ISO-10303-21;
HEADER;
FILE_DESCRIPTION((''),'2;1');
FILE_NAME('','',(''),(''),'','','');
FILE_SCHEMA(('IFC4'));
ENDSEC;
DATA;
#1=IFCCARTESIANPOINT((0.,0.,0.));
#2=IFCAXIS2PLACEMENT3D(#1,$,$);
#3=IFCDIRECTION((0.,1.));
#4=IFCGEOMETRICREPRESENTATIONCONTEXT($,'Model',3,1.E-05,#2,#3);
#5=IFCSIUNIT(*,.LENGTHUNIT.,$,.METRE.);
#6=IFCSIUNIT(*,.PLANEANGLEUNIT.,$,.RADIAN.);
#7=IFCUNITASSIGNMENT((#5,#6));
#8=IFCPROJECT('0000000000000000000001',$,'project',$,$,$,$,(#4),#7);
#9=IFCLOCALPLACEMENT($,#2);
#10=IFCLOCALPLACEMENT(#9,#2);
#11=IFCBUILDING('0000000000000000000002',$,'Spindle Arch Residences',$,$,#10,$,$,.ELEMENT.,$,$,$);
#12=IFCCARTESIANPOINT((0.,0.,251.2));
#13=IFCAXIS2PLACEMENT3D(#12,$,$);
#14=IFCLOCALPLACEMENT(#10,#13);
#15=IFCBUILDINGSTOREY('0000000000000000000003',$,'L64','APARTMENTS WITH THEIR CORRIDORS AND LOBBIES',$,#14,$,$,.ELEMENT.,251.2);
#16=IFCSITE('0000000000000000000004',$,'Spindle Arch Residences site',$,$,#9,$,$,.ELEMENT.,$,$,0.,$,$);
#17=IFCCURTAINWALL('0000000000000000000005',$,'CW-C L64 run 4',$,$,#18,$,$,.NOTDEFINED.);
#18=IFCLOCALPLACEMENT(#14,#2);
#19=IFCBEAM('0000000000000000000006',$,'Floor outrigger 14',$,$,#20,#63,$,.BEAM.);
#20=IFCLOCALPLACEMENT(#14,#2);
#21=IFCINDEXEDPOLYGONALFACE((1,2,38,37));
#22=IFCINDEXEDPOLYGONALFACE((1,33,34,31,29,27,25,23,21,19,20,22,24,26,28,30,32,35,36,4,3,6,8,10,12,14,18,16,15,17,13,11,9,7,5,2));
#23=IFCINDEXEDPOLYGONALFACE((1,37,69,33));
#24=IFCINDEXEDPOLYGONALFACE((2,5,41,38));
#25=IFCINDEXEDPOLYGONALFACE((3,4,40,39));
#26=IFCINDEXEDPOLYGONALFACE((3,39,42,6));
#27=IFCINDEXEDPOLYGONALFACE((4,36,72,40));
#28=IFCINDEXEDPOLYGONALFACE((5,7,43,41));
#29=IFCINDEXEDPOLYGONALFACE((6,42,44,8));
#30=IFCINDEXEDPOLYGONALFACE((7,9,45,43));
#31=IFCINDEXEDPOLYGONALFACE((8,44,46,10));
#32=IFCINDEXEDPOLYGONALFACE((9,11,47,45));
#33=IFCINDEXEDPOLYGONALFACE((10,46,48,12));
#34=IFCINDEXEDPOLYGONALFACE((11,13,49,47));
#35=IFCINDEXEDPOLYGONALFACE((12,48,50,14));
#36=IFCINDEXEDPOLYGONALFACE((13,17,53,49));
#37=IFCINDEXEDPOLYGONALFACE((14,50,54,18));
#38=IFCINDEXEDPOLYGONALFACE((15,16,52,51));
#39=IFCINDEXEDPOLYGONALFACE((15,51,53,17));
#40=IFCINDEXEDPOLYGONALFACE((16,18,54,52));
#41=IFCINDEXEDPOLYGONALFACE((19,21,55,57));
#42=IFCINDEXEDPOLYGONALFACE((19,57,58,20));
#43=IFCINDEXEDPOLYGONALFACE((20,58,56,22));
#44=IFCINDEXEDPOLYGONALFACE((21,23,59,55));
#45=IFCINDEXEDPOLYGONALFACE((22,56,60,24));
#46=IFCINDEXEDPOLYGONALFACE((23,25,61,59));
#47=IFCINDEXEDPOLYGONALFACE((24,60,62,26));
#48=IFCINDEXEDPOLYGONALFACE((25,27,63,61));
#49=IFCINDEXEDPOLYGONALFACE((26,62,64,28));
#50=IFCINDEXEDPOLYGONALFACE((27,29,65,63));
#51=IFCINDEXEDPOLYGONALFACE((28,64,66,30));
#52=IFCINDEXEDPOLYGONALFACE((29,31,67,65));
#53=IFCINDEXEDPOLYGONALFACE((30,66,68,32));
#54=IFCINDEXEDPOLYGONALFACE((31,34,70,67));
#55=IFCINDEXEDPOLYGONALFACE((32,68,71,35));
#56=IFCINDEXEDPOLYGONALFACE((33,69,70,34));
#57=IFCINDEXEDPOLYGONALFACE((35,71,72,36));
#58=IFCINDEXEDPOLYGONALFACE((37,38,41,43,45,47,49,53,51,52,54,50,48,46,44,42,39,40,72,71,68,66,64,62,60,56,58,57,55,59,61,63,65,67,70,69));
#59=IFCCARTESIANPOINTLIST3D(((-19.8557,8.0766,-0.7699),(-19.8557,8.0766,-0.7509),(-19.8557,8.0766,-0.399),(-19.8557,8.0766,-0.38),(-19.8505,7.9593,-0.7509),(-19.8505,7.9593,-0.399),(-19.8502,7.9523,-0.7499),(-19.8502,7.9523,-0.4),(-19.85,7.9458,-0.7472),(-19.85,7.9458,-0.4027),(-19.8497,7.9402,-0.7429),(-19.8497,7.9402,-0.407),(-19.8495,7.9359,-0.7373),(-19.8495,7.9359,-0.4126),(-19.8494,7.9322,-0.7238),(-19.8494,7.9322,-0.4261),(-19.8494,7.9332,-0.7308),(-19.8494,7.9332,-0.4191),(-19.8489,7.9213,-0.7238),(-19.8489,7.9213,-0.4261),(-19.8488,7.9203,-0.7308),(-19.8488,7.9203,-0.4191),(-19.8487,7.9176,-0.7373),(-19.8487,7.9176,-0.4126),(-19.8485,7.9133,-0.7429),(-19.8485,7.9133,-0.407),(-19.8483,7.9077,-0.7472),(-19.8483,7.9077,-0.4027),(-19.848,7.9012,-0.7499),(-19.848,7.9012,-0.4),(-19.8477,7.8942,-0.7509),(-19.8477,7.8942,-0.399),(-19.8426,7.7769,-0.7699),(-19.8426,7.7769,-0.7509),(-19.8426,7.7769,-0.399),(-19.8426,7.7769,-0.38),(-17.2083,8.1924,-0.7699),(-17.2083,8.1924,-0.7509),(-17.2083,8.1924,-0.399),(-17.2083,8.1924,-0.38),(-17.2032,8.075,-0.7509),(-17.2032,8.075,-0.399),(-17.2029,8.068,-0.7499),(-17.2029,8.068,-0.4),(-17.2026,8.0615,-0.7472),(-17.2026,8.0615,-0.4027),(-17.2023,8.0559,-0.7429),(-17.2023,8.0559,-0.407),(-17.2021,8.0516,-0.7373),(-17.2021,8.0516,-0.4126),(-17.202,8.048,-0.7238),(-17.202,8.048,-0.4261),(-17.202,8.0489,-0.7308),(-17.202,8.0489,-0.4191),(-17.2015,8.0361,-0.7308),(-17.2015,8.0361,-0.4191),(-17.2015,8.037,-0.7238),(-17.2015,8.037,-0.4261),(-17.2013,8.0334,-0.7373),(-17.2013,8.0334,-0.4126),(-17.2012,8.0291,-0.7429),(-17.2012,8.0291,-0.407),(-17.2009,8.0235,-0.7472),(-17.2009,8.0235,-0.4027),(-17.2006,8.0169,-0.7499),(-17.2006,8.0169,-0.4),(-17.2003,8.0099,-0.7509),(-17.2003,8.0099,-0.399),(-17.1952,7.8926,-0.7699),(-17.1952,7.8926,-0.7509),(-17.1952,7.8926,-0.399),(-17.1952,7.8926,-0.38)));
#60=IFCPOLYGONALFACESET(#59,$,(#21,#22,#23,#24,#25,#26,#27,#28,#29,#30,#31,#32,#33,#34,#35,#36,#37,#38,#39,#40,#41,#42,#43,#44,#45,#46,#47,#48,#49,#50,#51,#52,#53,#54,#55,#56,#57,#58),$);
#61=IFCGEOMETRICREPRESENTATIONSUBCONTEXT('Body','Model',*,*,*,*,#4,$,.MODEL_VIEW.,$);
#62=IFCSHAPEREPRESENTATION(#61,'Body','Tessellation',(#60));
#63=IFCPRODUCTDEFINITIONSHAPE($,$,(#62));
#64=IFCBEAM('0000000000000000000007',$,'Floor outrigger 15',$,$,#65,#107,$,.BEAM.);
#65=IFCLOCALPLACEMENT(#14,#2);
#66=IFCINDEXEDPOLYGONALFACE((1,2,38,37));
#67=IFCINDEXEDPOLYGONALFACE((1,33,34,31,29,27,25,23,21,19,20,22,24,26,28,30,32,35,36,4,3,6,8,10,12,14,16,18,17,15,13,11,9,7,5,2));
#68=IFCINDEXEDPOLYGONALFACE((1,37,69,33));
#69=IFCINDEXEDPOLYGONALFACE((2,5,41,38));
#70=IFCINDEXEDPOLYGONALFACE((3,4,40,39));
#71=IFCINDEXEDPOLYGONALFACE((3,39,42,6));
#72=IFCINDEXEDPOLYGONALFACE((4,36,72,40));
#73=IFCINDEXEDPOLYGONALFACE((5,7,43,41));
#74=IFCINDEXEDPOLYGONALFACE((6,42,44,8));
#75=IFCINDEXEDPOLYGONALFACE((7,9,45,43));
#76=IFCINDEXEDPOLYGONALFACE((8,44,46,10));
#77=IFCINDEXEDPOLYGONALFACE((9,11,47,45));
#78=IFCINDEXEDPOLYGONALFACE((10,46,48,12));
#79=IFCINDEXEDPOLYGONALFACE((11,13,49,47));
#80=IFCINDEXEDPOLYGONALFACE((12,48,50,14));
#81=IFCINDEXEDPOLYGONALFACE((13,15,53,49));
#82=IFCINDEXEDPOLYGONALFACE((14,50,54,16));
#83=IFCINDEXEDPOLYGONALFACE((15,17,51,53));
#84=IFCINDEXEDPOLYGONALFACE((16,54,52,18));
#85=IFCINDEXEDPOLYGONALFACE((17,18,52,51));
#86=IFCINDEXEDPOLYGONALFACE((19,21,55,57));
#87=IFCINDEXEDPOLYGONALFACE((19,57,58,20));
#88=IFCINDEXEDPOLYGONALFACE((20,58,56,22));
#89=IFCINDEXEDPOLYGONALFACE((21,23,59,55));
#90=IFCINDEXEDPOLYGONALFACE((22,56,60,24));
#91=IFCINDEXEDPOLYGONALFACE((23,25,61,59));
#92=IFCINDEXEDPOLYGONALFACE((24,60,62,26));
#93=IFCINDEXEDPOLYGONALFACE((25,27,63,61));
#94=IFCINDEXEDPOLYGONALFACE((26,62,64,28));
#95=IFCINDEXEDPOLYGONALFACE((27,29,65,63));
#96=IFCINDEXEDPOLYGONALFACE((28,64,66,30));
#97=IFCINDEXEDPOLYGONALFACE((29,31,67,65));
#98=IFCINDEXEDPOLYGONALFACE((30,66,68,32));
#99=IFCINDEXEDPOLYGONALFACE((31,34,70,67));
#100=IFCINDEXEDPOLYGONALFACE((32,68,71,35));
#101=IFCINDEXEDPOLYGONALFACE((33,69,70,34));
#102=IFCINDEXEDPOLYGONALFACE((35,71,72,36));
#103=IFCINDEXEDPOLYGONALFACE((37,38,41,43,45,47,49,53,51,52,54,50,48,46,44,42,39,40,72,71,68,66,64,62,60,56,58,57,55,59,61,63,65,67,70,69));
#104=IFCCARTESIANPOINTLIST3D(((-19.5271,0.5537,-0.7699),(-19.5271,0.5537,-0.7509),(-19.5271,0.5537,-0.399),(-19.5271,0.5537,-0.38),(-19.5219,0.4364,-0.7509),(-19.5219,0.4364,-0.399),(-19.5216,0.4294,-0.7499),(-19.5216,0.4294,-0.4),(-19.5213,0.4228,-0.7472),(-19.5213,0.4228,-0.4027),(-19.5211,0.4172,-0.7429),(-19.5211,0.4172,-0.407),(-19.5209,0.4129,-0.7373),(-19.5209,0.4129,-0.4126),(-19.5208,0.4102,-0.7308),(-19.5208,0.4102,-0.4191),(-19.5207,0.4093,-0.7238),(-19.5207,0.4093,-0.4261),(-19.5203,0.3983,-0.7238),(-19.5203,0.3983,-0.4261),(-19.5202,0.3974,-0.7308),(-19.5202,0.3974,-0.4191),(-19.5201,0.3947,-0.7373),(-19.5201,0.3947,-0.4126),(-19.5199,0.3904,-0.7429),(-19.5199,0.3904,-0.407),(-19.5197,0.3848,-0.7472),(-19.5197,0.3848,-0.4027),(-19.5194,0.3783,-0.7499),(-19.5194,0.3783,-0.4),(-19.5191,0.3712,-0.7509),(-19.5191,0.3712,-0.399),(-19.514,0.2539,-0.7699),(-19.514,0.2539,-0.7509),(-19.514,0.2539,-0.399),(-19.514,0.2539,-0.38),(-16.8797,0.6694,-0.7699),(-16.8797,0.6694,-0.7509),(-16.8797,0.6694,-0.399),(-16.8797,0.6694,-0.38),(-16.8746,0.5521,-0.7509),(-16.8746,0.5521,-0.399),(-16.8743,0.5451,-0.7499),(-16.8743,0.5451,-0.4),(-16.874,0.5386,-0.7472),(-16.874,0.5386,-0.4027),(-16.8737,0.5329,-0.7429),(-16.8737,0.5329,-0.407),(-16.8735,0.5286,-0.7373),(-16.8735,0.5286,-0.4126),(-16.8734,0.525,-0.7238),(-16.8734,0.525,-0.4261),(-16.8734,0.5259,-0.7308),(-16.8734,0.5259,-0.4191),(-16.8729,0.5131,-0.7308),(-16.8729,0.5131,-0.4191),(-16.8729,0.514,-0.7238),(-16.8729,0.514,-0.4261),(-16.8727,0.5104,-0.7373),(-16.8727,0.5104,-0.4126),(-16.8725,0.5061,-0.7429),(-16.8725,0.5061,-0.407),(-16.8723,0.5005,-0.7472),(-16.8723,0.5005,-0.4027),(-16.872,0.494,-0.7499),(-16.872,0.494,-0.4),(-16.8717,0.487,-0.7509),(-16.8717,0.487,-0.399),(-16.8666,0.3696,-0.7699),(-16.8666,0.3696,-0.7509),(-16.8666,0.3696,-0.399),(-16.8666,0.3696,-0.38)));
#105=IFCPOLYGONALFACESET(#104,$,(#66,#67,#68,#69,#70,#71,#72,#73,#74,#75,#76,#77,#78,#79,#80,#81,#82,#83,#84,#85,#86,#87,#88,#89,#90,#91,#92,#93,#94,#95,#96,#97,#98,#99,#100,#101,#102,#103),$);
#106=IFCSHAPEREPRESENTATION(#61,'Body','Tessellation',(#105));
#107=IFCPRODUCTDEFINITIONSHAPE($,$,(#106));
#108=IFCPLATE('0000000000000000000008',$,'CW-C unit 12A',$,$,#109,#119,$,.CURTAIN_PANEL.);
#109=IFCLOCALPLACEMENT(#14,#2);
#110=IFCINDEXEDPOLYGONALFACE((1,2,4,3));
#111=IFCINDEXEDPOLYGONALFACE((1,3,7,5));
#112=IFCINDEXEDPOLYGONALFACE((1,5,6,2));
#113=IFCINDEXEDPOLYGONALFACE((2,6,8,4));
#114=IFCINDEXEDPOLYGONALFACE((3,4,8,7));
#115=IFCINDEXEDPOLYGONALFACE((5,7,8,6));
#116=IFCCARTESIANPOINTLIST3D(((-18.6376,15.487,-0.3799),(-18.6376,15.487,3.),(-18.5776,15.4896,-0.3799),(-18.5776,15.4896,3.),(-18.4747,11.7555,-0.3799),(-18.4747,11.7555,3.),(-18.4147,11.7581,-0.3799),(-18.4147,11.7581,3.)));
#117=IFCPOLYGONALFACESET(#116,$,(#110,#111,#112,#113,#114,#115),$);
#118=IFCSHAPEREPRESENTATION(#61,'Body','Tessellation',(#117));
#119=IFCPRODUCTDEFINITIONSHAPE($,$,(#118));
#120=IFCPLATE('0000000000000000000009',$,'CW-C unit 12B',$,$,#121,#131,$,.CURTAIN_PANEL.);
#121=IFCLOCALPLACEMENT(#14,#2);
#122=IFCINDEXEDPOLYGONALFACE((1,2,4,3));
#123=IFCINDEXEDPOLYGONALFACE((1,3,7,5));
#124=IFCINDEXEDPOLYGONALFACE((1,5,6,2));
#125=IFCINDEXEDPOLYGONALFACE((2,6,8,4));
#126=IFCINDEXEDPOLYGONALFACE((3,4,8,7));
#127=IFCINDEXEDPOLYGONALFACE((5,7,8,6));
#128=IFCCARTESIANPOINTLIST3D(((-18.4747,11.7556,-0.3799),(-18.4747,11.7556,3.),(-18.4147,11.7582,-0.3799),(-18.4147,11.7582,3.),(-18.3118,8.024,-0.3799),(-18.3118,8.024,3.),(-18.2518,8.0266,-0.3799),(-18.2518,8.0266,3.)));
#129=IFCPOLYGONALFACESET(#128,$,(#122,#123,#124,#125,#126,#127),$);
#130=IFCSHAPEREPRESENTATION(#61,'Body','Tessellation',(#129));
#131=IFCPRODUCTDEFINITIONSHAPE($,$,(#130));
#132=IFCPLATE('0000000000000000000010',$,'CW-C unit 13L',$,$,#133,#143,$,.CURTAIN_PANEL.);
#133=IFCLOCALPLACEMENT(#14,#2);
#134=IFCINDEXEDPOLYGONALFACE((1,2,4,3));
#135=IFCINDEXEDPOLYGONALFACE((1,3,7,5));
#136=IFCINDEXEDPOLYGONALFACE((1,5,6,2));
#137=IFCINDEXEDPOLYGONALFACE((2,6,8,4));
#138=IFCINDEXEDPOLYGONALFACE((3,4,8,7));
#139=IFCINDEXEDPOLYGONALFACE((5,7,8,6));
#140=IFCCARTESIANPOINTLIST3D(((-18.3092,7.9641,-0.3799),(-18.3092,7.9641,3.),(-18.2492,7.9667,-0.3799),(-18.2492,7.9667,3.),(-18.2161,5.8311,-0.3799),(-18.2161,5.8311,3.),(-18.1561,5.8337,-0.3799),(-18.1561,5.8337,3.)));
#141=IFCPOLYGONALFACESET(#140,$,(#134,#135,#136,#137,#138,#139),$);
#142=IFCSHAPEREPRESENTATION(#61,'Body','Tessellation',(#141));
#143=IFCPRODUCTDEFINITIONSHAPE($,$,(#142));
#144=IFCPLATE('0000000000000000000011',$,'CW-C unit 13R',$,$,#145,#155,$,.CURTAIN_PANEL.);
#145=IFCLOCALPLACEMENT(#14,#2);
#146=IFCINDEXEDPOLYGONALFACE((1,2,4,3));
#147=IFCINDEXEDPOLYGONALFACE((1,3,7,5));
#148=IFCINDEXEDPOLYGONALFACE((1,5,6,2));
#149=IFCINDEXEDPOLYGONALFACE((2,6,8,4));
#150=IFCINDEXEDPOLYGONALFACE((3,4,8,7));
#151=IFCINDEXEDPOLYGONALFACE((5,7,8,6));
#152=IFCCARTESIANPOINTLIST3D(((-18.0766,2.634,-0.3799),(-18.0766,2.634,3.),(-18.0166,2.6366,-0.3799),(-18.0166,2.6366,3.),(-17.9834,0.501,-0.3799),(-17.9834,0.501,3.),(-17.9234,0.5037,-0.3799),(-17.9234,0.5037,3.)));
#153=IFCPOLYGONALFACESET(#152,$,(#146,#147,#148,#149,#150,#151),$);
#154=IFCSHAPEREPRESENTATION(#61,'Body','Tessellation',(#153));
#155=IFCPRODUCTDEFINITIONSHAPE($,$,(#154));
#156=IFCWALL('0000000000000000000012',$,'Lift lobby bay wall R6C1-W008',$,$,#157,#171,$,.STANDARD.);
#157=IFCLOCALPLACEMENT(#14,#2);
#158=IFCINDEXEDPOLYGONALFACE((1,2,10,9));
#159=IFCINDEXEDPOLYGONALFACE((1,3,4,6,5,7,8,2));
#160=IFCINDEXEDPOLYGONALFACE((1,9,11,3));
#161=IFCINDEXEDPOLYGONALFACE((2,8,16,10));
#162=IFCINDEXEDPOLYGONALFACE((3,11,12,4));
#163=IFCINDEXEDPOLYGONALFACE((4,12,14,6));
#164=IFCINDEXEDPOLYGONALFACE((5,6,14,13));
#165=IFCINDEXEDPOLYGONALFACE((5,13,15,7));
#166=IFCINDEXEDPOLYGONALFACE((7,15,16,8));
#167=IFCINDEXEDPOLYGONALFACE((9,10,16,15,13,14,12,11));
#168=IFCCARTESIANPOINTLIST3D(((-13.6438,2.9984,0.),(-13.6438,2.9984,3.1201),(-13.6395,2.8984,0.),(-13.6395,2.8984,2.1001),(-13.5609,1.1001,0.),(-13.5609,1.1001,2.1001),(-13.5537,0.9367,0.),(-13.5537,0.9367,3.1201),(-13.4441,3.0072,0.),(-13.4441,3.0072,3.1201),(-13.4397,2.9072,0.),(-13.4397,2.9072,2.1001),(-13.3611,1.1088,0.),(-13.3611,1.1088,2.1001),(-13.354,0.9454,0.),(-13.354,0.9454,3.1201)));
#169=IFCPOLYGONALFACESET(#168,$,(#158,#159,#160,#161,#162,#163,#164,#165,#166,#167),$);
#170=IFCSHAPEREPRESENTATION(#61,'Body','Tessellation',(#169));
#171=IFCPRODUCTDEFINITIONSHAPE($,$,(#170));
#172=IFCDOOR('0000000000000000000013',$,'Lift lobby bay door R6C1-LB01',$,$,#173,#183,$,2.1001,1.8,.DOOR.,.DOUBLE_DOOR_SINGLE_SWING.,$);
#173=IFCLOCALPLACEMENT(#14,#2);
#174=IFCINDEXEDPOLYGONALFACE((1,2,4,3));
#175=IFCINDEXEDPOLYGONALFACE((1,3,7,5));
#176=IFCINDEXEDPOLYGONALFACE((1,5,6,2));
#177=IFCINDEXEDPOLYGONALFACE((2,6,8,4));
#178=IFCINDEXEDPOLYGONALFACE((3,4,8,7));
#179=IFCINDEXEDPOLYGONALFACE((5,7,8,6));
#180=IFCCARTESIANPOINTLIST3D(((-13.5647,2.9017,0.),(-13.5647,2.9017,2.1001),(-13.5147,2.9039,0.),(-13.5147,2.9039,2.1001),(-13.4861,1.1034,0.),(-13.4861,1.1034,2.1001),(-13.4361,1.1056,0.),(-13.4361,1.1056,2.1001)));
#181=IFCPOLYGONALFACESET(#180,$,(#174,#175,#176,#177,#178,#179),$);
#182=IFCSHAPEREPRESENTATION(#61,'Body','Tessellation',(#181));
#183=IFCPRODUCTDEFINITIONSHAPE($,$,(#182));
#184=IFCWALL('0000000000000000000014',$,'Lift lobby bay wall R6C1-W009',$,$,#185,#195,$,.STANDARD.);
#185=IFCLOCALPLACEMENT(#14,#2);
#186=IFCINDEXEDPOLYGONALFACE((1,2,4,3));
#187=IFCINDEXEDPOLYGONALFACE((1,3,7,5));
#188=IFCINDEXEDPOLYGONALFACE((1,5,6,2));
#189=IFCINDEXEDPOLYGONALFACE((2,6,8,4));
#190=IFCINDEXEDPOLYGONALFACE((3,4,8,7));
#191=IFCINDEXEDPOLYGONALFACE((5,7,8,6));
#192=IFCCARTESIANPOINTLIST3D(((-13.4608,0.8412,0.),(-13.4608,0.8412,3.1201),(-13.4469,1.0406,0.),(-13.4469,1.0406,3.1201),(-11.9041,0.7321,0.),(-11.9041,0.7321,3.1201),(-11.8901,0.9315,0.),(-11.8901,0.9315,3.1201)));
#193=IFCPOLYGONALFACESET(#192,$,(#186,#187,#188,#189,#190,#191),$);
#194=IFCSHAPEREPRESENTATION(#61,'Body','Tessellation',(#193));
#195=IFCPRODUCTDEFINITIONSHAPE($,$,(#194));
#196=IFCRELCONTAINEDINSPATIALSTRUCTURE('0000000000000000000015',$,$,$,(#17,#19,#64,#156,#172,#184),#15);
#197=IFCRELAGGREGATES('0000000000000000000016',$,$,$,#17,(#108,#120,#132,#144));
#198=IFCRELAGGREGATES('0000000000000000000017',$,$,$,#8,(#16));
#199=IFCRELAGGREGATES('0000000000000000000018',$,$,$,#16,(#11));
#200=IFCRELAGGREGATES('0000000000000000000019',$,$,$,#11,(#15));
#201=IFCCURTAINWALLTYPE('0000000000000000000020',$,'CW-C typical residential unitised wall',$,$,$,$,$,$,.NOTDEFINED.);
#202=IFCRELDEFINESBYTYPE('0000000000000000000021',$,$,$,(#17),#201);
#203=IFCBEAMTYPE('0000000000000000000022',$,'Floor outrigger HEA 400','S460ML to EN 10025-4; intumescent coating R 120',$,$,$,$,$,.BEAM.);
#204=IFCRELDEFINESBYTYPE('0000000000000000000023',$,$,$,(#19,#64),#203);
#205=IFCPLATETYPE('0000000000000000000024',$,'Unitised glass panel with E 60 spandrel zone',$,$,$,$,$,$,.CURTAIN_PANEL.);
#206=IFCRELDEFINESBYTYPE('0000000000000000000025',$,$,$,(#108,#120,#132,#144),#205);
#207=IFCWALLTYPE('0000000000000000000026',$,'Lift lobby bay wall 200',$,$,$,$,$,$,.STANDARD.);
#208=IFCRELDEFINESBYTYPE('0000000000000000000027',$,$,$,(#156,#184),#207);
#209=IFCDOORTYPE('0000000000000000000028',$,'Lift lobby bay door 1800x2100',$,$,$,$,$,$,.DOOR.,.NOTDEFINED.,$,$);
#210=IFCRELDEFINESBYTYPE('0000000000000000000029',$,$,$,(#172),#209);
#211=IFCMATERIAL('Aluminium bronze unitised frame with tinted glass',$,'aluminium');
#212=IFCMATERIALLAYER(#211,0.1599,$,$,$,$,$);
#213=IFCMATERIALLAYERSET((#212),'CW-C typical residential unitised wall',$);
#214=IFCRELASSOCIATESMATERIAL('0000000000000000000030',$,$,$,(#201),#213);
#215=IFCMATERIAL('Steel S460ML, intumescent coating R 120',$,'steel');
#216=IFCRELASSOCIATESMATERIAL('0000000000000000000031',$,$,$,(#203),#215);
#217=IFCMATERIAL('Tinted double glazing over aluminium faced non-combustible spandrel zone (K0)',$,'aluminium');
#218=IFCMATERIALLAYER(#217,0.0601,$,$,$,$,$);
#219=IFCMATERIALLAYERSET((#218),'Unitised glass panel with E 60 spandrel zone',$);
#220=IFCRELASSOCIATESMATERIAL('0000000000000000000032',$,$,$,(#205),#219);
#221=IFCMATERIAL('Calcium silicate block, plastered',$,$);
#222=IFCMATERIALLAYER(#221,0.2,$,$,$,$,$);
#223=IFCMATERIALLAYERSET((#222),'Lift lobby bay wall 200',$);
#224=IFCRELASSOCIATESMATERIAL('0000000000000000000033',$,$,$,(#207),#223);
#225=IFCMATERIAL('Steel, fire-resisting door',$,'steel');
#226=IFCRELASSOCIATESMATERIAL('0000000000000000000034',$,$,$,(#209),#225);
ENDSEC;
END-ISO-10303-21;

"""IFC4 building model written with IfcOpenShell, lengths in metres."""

from ifc_helpers import new_model, si_unit, direction, frame, frame_2d, origin, origin_2d, place, context, subcontext, project, spatial, rectangle, i_section, extrude, material, layer, layer_set, material_profile, profile_set, type_object, element, fill, aggregate, save


model = new_model("IFC4")

# Units and contexts
model_context = context("Model", 3, precision=1e-05, world=origin(), true_north=direction((0.0, 1.0)))
body_context = subcontext(model_context, "Body", "Model", "MODEL_VIEW")
ifc_project = project(units=[si_unit("LENGTHUNIT", "METRE"), si_unit("PLANEANGLEUNIT", "RADIAN")], contexts=[model_context])

# Site, building, storey
site_placement = place(None, origin())
site = spatial("IfcSite", under=ifc_project, at=site_placement, Name="Spindle Arch Residences site", CompositionType="ELEMENT", RefElevation=0.0)
building_placement = place(site_placement, origin())
building = spatial("IfcBuilding", under=site, at=building_placement, Name="Spindle Arch Residences", CompositionType="ELEMENT")
storey_placement = place(building_placement, frame((0.0, 0.0, 251.2)))
storey = spatial("IfcBuildingStorey", under=building, at=storey_placement, Name="L64", Description="APARTMENTS WITH THEIR CORRIDORS AND LOBBIES", CompositionType="ELEMENT", Elevation=251.2)

# Curtain wall
ifc_material_1 = material(Name="Aluminium bronze unitised frame with tinted glass", Category="aluminium")
ifc_layer_1 = layer(ifc_material_1, 0.1599)
ifc_layer_set_1 = layer_set([ifc_layer_1], Name="CW-C typical residential unitised wall")
curtain_wall_type = type_object("IfcCurtainWallType", Name="CW-C typical residential unitised wall", PredefinedType="NOTDEFINED", material=ifc_layer_set_1)
curtain_wall_placement = place(storey_placement, origin())
curtain_wall = element("IfcCurtainWall", 1, at=curtain_wall_placement, inside=storey, type_object=curtain_wall_type, Name="CW-C L64 run 4", PredefinedType="NOTDEFINED")

# Beams
ifc_material_2 = material(Name="Steel S460ML, intumescent coating R 120", Category="steel")
ifc_material_profile_1 = material_profile(ifc_material_2, i_section(OverallWidth=0.3, OverallDepth=0.3899, WebThickness=0.011, FlangeThickness=0.019, FilletRadius=0.0271, at=origin_2d()), Name="HEA 400")
ifc_profile_set_1 = profile_set([ifc_material_profile_1], Name="Steel S460ML, intumescent coating R 120")
beam_type_1 = type_object("IfcBeamType", Name="Floor outrigger HEA 400", Description="S460ML to EN 10025-4; intumescent coating R 120", PredefinedType="BEAM", material=ifc_profile_set_1)
for number, where, z_axis, x_axis, name in (
    (2, (-19.8491, 7.9268, -0.575), (0.999046, 0.043669, 0.0), (-0.043669, 0.999046, 0.0), "Floor outrigger 14"),
    (3, (-19.5205, 0.4038, -0.575), (0.999046, 0.043669, 0.0), (-0.043669, 0.999046, 0.0), "Floor outrigger 15"),
):
    element("IfcBeam", number, at=place(storey_placement, frame(where, z_axis=z_axis, x_axis=x_axis)), inside=storey, type_object=beam_type_1, Name=name, PredefinedType="BEAM", context=body_context, shape_type="SweptSolid", body=[
        extrude(i_section(OverallWidth=0.3, OverallDepth=0.3899, WebThickness=0.011, FlangeThickness=0.019, FilletRadius=0.0271, at=origin_2d()), origin(), (0.0, 0.0, 1.0), 2.6499),
    ])

# Plates
ifc_material_3 = material(Name="Tinted double glazing over aluminium faced non-combustible spandrel zone (K0)", Category="aluminium")
ifc_layer_2 = layer(ifc_material_3, 0.0601)
ifc_layer_set_2 = layer_set([ifc_layer_2], Name="Unitised glass panel with E 60 spandrel zone")
plate_type = type_object("IfcPlateType", Name="Unitised glass panel with E 60 spandrel zone", PredefinedType="CURTAIN_PANEL", material=ifc_layer_set_2)
plate_1_placement = place(storey_placement, frame((-18.5261, 13.6226, -0.3799), z_axis=(0.0, 0.0, 1.0), x_axis=(0.043619, -0.999048, 0.0)))
plate_1 = element("IfcPlate", 4, at=plate_1_placement, type_object=plate_type, Name="CW-C unit 12A", PredefinedType="CURTAIN_PANEL", context=body_context, shape_type="SweptSolid", body=[
    extrude(rectangle(XDim=3.7351, YDim=0.0601, at=origin_2d()), origin(), (0.0, 0.0, 1.0), 3.3799),
])
plate_2_placement = place(storey_placement, frame((-18.3633, 9.8911, -0.3799), z_axis=(0.0, 0.0, 1.0), x_axis=(0.043619, -0.999048, 0.0)))
plate_2 = element("IfcPlate", 5, at=plate_2_placement, type_object=plate_type, Name="CW-C unit 12B", PredefinedType="CURTAIN_PANEL", context=body_context, shape_type="SweptSolid", body=[
    extrude(rectangle(XDim=3.7351, YDim=0.0601, at=origin_2d()), origin(), (0.0, 0.0, 1.0), 3.3799),
])
plate_3_placement = place(storey_placement, frame((-18.2327, 6.8989, -0.3799), z_axis=(0.0, 0.0, 1.0), x_axis=(0.043619, -0.999048, 0.0)))
plate_3 = element("IfcPlate", 6, at=plate_3_placement, type_object=plate_type, Name="CW-C unit 13L", PredefinedType="CURTAIN_PANEL", context=body_context, shape_type="SweptSolid", body=[
    extrude(rectangle(XDim=2.135, YDim=0.0601, at=origin_2d()), origin(), (0.0, 0.0, 1.0), 3.3799),
])
plate_4_placement = place(storey_placement, frame((-18.0, 1.5688, -0.3799), z_axis=(0.0, 0.0, 1.0), x_axis=(0.043619, -0.999048, 0.0)))
plate_4 = element("IfcPlate", 7, at=plate_4_placement, type_object=plate_type, Name="CW-C unit 13R", PredefinedType="CURTAIN_PANEL", context=body_context, shape_type="SweptSolid", body=[
    extrude(rectangle(XDim=2.135, YDim=0.0601, at=origin_2d()), origin(), (0.0, 0.0, 1.0), 3.3799),
])
aggregate(curtain_wall, [plate_1, plate_2, plate_3, plate_4])

# Wall, opening, door
ifc_material_4 = material(Name="Calcium silicate block, plastered")
ifc_layer_3 = layer(ifc_material_4, 0.2)
ifc_layer_set_3 = layer_set([ifc_layer_3], Name="Lift lobby bay wall 200")
wall_type_1 = type_object("IfcWallType", Name="Lift lobby bay wall 200", PredefinedType="STANDARD", material=ifc_layer_set_3)
wall_1_placement = place(storey_placement, frame((-13.5439, 3.0027, 0.0), z_axis=(0.0, 0.0, 1.0), x_axis=(0.043653, -0.999047, 0.0)))
wall_1 = element("IfcWall", 8, at=wall_1_placement, inside=storey, type_object=wall_type_1, Name="Lift lobby bay wall R6C1-W008", PredefinedType="STANDARD", context=body_context, shape_type="SweptSolid", body=[
    extrude(rectangle(XDim=2.0637, YDim=0.2, at=frame_2d((1.0317, 0.0))), origin(), (0.0, 0.0, 1.0), 3.1201),
])
opening_1_placement = place(wall_1_placement, frame((0.1001, 0.0, 0.0)))
opening_1 = element("IfcOpeningElement", 9, at=opening_1_placement, cuts=wall_1, PredefinedType="OPENING", context=body_context, shape_type="SweptSolid", body=[
    extrude(rectangle(XDim=1.8, YDim=2.1001, at=frame_2d((0.8999, 1.05))), frame((0.0, 0.1099, 0.0), z_axis=(0.0, -1.0, 0.0), x_axis=(1.0, 0.0, 0.0)), (0.0, 0.0, 1.0), 0.22),
])
ifc_material_5 = material(Name="Steel, fire-resisting door", Category="steel")
door_type_1 = type_object("IfcDoorType", Name="Lift lobby bay door 1800x2100", OperationType="NOTDEFINED", PredefinedType="DOOR", material=ifc_material_5)
door_1_placement = place(opening_1_placement, origin())
door_1 = element("IfcDoor", 10, at=door_1_placement, inside=storey, type_object=door_type_1, Name="Lift lobby bay door R6C1-LB01", OperationType="DOUBLE_DOOR_SINGLE_SWING", OverallHeight=2.1001, OverallWidth=1.8, PredefinedType="DOOR", context=body_context, shape_type="SweptSolid", body=[
    extrude(rectangle(XDim=1.8, YDim=2.1001, at=frame_2d((0.8999, 1.05))), frame((0.0, 0.0249, 0.0), z_axis=(0.0, -1.0, 0.0), x_axis=(1.0, 0.0, 0.0)), (0.0, 0.0, 1.0), 0.05),
])
fill(opening_1, door_1)

# Wall
wall_2_placement = place(storey_placement, frame((-13.4539, 0.9409, 0.0), z_axis=(0.0, 0.0, 1.0), x_axis=(0.997552, -0.069935, 0.0)))
element("IfcWall", 11, at=wall_2_placement, inside=storey, type_object=wall_type_1, Name="Lift lobby bay wall R6C1-W009", PredefinedType="STANDARD", context=body_context, shape_type="SweptSolid", body=[
    extrude(rectangle(XDim=1.5605, YDim=0.2, at=frame_2d((0.7803, 0.0))), origin(), (0.0, 0.0, 1.0), 3.1201),
])

save(model, "model.ifc")
